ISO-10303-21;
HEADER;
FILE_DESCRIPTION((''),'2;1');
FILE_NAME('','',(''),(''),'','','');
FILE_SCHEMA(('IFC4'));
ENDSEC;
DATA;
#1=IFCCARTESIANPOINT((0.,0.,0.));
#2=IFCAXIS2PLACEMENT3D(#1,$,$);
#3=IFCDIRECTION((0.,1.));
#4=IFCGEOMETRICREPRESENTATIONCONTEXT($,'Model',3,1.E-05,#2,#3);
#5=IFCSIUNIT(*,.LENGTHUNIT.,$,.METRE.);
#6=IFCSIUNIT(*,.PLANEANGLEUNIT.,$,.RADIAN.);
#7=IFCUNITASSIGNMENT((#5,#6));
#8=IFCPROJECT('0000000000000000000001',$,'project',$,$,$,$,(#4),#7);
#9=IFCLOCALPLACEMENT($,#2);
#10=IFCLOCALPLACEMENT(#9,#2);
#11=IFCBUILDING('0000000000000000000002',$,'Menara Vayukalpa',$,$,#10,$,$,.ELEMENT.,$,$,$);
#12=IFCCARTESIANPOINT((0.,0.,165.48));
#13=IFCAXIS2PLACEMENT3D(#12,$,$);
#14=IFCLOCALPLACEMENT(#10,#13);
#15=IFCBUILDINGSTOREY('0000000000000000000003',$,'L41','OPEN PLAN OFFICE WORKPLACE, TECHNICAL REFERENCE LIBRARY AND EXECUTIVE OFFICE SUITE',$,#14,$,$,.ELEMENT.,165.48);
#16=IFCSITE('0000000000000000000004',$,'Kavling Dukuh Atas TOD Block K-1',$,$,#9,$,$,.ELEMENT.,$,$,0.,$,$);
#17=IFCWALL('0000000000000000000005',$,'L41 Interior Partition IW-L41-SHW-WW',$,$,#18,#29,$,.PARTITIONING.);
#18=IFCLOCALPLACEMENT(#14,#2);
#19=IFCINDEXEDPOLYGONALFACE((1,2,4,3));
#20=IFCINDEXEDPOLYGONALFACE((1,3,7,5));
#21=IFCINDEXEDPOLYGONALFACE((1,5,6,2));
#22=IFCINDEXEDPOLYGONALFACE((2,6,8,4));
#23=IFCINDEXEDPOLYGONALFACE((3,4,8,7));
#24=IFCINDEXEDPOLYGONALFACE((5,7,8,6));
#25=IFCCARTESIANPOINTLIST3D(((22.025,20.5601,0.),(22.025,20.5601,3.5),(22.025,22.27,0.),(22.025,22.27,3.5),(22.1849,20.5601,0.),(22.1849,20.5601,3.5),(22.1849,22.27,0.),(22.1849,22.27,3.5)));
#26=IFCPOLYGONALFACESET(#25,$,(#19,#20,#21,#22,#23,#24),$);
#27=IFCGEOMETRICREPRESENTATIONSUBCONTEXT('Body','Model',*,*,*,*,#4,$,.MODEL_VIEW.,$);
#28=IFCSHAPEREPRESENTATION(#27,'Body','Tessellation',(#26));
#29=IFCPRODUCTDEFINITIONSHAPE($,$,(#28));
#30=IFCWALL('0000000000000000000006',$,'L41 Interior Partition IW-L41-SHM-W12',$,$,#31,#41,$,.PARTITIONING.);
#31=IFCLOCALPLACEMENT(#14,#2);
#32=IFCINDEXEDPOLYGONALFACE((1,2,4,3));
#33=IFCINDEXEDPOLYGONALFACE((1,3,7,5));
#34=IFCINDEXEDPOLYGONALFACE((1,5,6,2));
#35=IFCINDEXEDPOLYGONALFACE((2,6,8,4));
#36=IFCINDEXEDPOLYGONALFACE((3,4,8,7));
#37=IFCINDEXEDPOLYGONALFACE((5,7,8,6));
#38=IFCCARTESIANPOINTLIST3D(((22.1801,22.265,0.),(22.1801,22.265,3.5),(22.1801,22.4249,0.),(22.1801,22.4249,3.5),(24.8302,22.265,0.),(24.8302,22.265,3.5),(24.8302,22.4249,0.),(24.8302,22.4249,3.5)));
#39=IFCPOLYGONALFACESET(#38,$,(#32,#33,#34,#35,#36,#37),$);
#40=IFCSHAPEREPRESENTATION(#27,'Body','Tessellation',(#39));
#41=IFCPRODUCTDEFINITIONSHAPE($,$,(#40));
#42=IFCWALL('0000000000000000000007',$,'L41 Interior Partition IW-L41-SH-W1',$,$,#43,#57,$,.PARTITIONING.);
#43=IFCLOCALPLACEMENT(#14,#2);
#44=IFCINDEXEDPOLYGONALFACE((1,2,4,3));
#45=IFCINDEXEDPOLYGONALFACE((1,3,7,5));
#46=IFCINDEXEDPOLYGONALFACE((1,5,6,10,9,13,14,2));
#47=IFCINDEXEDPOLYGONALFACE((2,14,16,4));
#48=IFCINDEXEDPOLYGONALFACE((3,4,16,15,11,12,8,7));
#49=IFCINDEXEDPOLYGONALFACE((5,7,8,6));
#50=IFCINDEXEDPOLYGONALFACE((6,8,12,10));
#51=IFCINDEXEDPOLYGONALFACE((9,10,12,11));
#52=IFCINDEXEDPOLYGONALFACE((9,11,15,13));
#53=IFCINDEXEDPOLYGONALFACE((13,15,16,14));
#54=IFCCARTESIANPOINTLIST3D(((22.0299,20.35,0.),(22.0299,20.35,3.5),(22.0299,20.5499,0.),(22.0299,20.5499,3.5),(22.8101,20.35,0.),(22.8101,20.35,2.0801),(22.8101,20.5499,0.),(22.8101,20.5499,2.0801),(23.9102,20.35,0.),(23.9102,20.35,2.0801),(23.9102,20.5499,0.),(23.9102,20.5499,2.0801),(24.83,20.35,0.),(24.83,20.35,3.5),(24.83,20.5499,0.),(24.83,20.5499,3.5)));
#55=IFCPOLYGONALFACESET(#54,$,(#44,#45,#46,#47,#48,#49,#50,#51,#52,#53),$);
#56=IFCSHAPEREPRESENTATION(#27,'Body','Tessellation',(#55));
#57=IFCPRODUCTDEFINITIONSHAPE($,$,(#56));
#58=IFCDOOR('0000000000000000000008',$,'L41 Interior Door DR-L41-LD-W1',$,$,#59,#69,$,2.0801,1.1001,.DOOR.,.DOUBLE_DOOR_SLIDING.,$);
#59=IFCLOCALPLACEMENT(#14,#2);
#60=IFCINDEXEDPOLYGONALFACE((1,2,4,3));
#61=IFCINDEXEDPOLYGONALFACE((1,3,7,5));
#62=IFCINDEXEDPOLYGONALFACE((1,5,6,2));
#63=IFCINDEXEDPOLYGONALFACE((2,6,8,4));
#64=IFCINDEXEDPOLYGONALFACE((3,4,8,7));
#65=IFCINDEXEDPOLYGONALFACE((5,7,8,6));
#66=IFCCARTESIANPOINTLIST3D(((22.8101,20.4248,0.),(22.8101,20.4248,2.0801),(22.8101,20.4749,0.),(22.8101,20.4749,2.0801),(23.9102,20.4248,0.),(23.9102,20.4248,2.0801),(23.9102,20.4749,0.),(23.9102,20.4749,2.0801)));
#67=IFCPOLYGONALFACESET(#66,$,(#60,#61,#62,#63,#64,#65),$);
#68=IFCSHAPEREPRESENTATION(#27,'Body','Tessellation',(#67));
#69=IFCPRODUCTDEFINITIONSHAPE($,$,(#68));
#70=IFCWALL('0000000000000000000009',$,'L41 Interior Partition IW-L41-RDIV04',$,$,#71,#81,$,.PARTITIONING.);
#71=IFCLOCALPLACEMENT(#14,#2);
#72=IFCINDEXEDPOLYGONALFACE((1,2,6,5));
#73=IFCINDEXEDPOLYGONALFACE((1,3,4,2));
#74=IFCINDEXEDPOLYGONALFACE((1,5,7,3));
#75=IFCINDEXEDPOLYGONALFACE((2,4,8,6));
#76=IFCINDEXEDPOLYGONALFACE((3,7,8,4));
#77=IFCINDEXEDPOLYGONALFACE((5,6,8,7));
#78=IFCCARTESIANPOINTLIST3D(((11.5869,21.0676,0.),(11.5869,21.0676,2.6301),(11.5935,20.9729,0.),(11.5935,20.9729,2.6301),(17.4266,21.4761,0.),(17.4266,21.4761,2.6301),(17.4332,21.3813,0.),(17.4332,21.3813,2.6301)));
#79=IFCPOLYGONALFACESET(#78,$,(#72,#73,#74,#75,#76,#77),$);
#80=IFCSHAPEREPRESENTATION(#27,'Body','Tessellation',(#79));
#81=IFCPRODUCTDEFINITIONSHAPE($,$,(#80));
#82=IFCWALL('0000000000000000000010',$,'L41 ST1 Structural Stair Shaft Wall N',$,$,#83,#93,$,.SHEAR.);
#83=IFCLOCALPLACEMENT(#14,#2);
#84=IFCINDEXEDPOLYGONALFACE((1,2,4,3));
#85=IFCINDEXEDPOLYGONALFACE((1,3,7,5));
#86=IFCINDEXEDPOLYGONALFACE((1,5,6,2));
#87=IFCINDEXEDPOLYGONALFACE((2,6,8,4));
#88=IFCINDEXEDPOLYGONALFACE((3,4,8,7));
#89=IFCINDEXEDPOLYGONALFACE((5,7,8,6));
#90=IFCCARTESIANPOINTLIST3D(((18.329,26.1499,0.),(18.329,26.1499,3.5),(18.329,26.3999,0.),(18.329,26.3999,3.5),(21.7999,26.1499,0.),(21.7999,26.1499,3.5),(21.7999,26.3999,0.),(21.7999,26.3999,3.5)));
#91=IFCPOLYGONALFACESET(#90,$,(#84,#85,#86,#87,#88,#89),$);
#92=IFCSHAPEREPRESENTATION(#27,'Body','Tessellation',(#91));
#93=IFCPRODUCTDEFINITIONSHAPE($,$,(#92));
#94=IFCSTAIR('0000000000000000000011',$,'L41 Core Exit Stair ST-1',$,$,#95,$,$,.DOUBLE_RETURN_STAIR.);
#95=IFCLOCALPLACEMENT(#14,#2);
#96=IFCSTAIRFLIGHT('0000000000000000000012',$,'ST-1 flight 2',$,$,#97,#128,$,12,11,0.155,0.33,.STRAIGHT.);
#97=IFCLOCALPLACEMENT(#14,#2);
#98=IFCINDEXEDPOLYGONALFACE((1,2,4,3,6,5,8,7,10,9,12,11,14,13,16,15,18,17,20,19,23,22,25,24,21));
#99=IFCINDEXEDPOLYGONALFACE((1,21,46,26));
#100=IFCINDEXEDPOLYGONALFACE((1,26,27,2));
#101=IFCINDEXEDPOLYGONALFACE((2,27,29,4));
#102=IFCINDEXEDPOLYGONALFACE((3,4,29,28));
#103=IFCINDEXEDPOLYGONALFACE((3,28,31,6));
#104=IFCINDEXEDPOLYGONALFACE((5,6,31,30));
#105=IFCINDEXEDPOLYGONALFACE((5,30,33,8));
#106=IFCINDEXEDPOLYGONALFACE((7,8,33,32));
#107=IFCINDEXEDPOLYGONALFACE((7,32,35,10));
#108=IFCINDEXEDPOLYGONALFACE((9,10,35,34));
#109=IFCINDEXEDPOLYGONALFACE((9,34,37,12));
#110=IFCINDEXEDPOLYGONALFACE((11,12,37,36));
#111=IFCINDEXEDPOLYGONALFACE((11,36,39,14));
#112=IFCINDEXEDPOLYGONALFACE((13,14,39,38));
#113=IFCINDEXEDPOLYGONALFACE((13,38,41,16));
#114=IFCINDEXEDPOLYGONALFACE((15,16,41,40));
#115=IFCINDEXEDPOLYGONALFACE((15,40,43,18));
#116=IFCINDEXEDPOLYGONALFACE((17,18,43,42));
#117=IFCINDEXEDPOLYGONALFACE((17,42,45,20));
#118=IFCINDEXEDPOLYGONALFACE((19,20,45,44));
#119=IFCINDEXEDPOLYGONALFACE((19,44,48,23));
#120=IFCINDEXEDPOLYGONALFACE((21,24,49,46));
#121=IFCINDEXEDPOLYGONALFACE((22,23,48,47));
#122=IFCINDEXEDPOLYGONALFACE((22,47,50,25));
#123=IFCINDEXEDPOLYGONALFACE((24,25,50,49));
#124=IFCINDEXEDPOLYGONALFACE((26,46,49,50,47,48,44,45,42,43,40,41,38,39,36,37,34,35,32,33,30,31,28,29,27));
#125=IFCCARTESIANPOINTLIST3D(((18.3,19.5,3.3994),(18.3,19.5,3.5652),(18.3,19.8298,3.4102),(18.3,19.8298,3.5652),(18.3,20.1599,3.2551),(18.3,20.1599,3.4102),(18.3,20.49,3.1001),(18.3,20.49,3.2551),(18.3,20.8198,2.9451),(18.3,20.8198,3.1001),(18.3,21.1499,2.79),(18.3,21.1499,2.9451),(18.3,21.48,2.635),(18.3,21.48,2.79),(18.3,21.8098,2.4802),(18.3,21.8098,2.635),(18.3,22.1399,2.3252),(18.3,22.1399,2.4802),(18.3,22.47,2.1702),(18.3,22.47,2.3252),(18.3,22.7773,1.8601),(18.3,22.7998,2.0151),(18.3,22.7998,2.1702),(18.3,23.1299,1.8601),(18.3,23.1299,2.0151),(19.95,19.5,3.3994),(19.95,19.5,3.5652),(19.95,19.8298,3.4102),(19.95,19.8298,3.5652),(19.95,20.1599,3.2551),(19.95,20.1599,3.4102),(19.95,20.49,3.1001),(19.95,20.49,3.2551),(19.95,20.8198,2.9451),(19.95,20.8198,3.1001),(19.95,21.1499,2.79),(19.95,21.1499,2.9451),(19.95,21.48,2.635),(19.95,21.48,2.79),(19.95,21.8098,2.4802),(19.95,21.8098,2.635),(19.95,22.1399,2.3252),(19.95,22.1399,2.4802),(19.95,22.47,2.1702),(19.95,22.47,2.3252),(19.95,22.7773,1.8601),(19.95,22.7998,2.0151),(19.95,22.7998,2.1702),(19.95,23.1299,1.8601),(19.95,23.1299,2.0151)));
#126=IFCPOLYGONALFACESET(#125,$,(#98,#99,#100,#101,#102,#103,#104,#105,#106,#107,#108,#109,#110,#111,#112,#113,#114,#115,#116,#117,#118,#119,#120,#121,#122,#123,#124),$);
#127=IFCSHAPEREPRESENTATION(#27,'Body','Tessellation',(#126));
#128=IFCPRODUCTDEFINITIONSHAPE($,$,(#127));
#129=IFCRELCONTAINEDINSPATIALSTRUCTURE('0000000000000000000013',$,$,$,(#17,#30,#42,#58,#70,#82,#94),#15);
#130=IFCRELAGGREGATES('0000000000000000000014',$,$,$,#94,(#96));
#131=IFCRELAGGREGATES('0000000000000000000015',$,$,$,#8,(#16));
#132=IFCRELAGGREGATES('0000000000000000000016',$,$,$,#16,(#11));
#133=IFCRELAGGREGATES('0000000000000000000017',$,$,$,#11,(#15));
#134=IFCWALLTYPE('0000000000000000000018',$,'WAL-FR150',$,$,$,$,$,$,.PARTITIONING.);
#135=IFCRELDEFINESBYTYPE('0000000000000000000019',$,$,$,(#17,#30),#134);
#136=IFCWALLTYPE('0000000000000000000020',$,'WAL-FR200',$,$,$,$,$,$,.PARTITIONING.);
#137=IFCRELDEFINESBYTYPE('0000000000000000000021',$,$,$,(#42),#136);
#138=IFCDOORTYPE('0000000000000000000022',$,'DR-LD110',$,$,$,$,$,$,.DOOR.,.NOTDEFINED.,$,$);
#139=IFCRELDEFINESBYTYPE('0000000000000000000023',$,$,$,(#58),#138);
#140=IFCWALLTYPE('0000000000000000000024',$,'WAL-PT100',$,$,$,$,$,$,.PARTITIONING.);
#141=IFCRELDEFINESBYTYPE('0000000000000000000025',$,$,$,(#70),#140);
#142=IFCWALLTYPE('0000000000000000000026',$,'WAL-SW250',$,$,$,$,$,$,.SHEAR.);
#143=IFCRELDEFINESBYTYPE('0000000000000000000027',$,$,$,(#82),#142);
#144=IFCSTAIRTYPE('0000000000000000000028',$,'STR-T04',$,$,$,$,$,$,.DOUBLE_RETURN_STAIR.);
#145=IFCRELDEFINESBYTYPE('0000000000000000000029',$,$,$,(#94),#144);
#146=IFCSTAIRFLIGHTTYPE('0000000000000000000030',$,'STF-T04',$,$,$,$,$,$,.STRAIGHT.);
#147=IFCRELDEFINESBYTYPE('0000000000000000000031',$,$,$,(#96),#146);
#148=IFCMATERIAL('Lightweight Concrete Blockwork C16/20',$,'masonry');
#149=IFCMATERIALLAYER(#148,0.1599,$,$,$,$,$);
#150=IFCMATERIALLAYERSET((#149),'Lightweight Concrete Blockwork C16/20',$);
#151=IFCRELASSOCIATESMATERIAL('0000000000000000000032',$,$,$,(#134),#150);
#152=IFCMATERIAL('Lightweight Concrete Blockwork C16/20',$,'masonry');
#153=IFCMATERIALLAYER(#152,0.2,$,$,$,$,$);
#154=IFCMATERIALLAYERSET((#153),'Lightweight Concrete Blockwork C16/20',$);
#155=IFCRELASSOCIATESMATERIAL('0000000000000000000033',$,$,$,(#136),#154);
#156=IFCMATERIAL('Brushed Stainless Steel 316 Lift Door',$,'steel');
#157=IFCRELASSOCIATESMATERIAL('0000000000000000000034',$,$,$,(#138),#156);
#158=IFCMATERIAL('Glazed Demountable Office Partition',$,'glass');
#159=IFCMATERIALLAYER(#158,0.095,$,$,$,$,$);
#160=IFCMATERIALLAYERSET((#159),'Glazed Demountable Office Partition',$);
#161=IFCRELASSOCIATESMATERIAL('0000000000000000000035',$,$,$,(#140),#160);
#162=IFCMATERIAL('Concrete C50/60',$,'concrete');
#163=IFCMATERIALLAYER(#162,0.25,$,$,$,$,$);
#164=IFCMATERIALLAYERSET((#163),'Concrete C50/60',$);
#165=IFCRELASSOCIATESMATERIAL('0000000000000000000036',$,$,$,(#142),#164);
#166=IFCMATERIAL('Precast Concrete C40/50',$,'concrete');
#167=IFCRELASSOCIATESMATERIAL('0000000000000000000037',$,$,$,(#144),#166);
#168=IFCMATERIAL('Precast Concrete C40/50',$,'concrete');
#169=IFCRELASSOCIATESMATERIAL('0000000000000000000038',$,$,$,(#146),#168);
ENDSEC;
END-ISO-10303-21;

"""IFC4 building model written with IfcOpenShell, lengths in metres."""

from ifc_helpers import new_model, si_unit, direction, frame, frame_2d, origin, place, context, subcontext, project, spatial, polyline, rectangle, outline, extrude, material, layer, layer_set, type_object, element, fill, aggregate, save


model = new_model("IFC4")

# Units and contexts
model_context = context("Model", 3, precision=1e-05, world=origin(), true_north=direction((0.0, 1.0)))
body_context = subcontext(model_context, "Body", "Model", "MODEL_VIEW")
ifc_project = project(units=[si_unit("LENGTHUNIT", "METRE"), si_unit("PLANEANGLEUNIT", "RADIAN")], contexts=[model_context])

# Site, building, storey
site_placement = place(None, origin())
site = spatial("IfcSite", under=ifc_project, at=site_placement, Name="Kavling Dukuh Atas TOD Block K-1", CompositionType="ELEMENT", RefElevation=0.0)
building_placement = place(site_placement, origin())
building = spatial("IfcBuilding", under=site, at=building_placement, Name="Menara Vayukalpa", CompositionType="ELEMENT")
storey_placement = place(building_placement, frame((0.0, 0.0, 165.48)))
storey = spatial("IfcBuildingStorey", under=building, at=storey_placement, Name="L41", Description="OPEN PLAN OFFICE WORKPLACE, TECHNICAL REFERENCE LIBRARY AND EXECUTIVE OFFICE SUITE", CompositionType="ELEMENT", Elevation=165.48)

# Walls
ifc_material_1 = material(Name="Lightweight Concrete Blockwork C16/20", Category="masonry")
ifc_layer_1 = layer(ifc_material_1, 0.1599)
ifc_layer_set_1 = layer_set([ifc_layer_1], Name="Lightweight Concrete Blockwork C16/20")
wall_type_1 = type_object("IfcWallType", Name="WAL-FR150", PredefinedType="PARTITIONING", material=ifc_layer_set_1)
wall_1_placement = place(storey_placement, frame((22.105, 20.5601, 0.0), z_axis=(0.0, 0.0, 1.0), x_axis=(0.0, 1.0, 0.0)))
element("IfcWall", 1, at=wall_1_placement, inside=storey, type_object=wall_type_1, Name="L41 Interior Partition IW-L41-SHW-WW", PredefinedType="PARTITIONING", context=body_context, shape_type="SweptSolid", body=[
    extrude(rectangle(XDim=1.71, YDim=0.1599, at=frame_2d((0.855, 0.0))), origin(), (0.0, 0.0, 1.0), 3.5),
])
wall_2_placement = place(storey_placement, frame((22.1799, 22.345, 0.0), z_axis=(0.0, 0.0, 1.0), x_axis=(1.0, 0.0, 0.0)))
element("IfcWall", 2, at=wall_2_placement, inside=storey, type_object=wall_type_1, Name="L41 Interior Partition IW-L41-SHM-W12", PredefinedType="PARTITIONING", context=body_context, shape_type="SweptSolid", body=[
    extrude(rectangle(XDim=2.6501, YDim=0.1599, at=frame_2d((1.3252, 0.0))), origin(), (0.0, 0.0, 1.0), 3.5),
])

# Wall, opening, door
ifc_material_2 = material(Name="Lightweight Concrete Blockwork C16/20", Category="masonry")
ifc_layer_2 = layer(ifc_material_2, 0.2)
ifc_layer_set_2 = layer_set([ifc_layer_2], Name="Lightweight Concrete Blockwork C16/20")
wall_type_2 = type_object("IfcWallType", Name="WAL-FR200", PredefinedType="PARTITIONING", material=ifc_layer_set_2)
wall_3_placement = place(storey_placement, frame((22.03, 20.45, 0.0), z_axis=(0.0, 0.0, 1.0), x_axis=(1.0, 0.0, 0.0)))
wall_3 = element("IfcWall", 3, at=wall_3_placement, inside=storey, type_object=wall_type_2, Name="L41 Interior Partition IW-L41-SH-W1", PredefinedType="PARTITIONING", context=body_context, shape_type="SweptSolid", body=[
    extrude(rectangle(XDim=2.8, YDim=0.2, at=frame_2d((1.3999, 0.0))), origin(), (0.0, 0.0, 1.0), 3.5),
])
opening_placement = place(wall_3_placement, frame((0.78, 0.0, 0.0)))
opening = element("IfcOpeningElement", 4, at=opening_placement, cuts=wall_3, PredefinedType="OPENING", context=body_context, shape_type="SweptSolid", body=[
    extrude(rectangle(XDim=1.1001, YDim=2.0801, at=frame_2d((0.55, 1.04))), frame((0.0, 0.1099, 0.0), z_axis=(0.0, -1.0, 0.0), x_axis=(1.0, 0.0, 0.0)), (0.0, 0.0, 1.0), 0.22),
])
ifc_material_3 = material(Name="Brushed Stainless Steel 316 Lift Door", Category="steel")
door_type = type_object("IfcDoorType", Name="DR-LD110", OperationType="NOTDEFINED", PredefinedType="DOOR", material=ifc_material_3)
door_placement = place(opening_placement, origin())
door = element("IfcDoor", 5, at=door_placement, inside=storey, type_object=door_type, Name="L41 Interior Door DR-L41-LD-W1", OperationType="DOUBLE_DOOR_SLIDING", OverallHeight=2.0801, OverallWidth=1.1001, PredefinedType="DOOR", context=body_context, shape_type="SweptSolid", body=[
    extrude(rectangle(XDim=1.1001, YDim=2.0801, at=frame_2d((0.55, 1.04))), frame((0.0, 0.0249, 0.0), z_axis=(0.0, -1.0, 0.0), x_axis=(1.0, 0.0, 0.0)), (0.0, 0.0, 1.0), 0.05),
])
fill(opening, door)

# Walls
ifc_material_4 = material(Name="Glazed Demountable Office Partition", Category="glass")
ifc_layer_3 = layer(ifc_material_4, 0.095)
ifc_layer_set_3 = layer_set([ifc_layer_3], Name="Glazed Demountable Office Partition")
wall_type_3 = type_object("IfcWallType", Name="WAL-PT100", PredefinedType="PARTITIONING", material=ifc_layer_set_3)
wall_4_placement = place(storey_placement, frame((17.4299, 21.4287, 0.0), z_axis=(0.0, 0.0, 1.0), x_axis=(-0.997563, -0.069771, 0.0)))
element("IfcWall", 6, at=wall_4_placement, inside=storey, type_object=wall_type_3, Name="L41 Interior Partition IW-L41-RDIV04", PredefinedType="PARTITIONING", context=body_context, shape_type="SweptSolid", body=[
    extrude(rectangle(XDim=5.854, YDim=0.095, at=frame_2d((2.927, 0.0))), origin(), (0.0, 0.0, 1.0), 2.6301),
])
ifc_material_5 = material(Name="Concrete C50/60", Category="concrete")
ifc_layer_4 = layer(ifc_material_5, 0.25)
ifc_layer_set_4 = layer_set([ifc_layer_4], Name="Concrete C50/60")
wall_type_4 = type_object("IfcWallType", Name="WAL-SW250", PredefinedType="SHEAR", material=ifc_layer_set_4)
wall_5_placement = place(storey_placement, frame((18.3291, 26.2749, 0.0), z_axis=(0.0, 0.0, 1.0), x_axis=(1.0, 0.0, 0.0)))
element("IfcWall", 7, at=wall_5_placement, inside=storey, type_object=wall_type_4, Name="L41 ST1 Structural Stair Shaft Wall N", PredefinedType="SHEAR", context=body_context, shape_type="SweptSolid", body=[
    extrude(rectangle(XDim=3.4709, YDim=0.25, at=frame_2d((1.7354, 0.0))), origin(), (0.0, 0.0, 1.0), 3.5),
])

# Stair, stair flight
ifc_material_6 = material(Name="Precast Concrete C40/50", Category="concrete")
stair_type = type_object("IfcStairType", Name="STR-T04", PredefinedType="DOUBLE_RETURN_STAIR", material=ifc_material_6)
stair_placement = place(storey_placement, origin())
stair = element("IfcStair", 8, at=stair_placement, inside=storey, type_object=stair_type, Name="L41 Core Exit Stair ST-1", PredefinedType="DOUBLE_RETURN_STAIR")
ifc_material_7 = material(Name="Precast Concrete C40/50", Category="concrete")
stair_flight_type = type_object("IfcStairFlightType", Name="STF-T04", PredefinedType="STRAIGHT", material=ifc_material_7)
stair_flight_placement = place(storey_placement, frame((19.125, 23.1299, 1.8601), z_axis=(0.0, 0.0, 1.0), x_axis=(0.0, -1.0, 0.0)))
stair_flight = element("IfcStairFlight", 9, at=stair_flight_placement, type_object=stair_flight_type, Name="ST-1 flight 2", NumberOfRisers=12, NumberOfTreads=11, PredefinedType="STRAIGHT", RiserHeight=0.155, TreadLength=0.33, context=body_context, shape_type="SweptSolid", body=[
    extrude(outline(polyline([(0.0, 0.0), (0.0, 0.155), (0.3301, 0.155), (0.3301, 0.3101), (0.6599, 0.3101), (0.6599, 0.4651), (0.99, 0.4651), (0.99, 0.6201), (1.3201, 0.6201), (1.3201, 0.7749), (1.6499, 0.7749), (1.6499, 0.9299), (1.98, 0.9299), (1.98, 1.085), (2.3101, 1.085), (2.3101, 1.24), (2.6399, 1.24), (2.6399, 1.395), (2.97, 1.395), (2.97, 1.55), (3.3, 1.55), (3.3, 1.7051), (3.6299, 1.7051), (3.6299, 1.8601), (3.6299, 1.5393), (0.3525, 0.0), (0.0, 0.0)])), frame((0.0, 0.825, 0.0), z_axis=(0.0, -1.0, 0.0), x_axis=(1.0, 0.0, 0.0)), (0.0, 0.0, 1.0), 1.6499),
])
aggregate(stair, [stair_flight])

save(model, "model.ifc")
